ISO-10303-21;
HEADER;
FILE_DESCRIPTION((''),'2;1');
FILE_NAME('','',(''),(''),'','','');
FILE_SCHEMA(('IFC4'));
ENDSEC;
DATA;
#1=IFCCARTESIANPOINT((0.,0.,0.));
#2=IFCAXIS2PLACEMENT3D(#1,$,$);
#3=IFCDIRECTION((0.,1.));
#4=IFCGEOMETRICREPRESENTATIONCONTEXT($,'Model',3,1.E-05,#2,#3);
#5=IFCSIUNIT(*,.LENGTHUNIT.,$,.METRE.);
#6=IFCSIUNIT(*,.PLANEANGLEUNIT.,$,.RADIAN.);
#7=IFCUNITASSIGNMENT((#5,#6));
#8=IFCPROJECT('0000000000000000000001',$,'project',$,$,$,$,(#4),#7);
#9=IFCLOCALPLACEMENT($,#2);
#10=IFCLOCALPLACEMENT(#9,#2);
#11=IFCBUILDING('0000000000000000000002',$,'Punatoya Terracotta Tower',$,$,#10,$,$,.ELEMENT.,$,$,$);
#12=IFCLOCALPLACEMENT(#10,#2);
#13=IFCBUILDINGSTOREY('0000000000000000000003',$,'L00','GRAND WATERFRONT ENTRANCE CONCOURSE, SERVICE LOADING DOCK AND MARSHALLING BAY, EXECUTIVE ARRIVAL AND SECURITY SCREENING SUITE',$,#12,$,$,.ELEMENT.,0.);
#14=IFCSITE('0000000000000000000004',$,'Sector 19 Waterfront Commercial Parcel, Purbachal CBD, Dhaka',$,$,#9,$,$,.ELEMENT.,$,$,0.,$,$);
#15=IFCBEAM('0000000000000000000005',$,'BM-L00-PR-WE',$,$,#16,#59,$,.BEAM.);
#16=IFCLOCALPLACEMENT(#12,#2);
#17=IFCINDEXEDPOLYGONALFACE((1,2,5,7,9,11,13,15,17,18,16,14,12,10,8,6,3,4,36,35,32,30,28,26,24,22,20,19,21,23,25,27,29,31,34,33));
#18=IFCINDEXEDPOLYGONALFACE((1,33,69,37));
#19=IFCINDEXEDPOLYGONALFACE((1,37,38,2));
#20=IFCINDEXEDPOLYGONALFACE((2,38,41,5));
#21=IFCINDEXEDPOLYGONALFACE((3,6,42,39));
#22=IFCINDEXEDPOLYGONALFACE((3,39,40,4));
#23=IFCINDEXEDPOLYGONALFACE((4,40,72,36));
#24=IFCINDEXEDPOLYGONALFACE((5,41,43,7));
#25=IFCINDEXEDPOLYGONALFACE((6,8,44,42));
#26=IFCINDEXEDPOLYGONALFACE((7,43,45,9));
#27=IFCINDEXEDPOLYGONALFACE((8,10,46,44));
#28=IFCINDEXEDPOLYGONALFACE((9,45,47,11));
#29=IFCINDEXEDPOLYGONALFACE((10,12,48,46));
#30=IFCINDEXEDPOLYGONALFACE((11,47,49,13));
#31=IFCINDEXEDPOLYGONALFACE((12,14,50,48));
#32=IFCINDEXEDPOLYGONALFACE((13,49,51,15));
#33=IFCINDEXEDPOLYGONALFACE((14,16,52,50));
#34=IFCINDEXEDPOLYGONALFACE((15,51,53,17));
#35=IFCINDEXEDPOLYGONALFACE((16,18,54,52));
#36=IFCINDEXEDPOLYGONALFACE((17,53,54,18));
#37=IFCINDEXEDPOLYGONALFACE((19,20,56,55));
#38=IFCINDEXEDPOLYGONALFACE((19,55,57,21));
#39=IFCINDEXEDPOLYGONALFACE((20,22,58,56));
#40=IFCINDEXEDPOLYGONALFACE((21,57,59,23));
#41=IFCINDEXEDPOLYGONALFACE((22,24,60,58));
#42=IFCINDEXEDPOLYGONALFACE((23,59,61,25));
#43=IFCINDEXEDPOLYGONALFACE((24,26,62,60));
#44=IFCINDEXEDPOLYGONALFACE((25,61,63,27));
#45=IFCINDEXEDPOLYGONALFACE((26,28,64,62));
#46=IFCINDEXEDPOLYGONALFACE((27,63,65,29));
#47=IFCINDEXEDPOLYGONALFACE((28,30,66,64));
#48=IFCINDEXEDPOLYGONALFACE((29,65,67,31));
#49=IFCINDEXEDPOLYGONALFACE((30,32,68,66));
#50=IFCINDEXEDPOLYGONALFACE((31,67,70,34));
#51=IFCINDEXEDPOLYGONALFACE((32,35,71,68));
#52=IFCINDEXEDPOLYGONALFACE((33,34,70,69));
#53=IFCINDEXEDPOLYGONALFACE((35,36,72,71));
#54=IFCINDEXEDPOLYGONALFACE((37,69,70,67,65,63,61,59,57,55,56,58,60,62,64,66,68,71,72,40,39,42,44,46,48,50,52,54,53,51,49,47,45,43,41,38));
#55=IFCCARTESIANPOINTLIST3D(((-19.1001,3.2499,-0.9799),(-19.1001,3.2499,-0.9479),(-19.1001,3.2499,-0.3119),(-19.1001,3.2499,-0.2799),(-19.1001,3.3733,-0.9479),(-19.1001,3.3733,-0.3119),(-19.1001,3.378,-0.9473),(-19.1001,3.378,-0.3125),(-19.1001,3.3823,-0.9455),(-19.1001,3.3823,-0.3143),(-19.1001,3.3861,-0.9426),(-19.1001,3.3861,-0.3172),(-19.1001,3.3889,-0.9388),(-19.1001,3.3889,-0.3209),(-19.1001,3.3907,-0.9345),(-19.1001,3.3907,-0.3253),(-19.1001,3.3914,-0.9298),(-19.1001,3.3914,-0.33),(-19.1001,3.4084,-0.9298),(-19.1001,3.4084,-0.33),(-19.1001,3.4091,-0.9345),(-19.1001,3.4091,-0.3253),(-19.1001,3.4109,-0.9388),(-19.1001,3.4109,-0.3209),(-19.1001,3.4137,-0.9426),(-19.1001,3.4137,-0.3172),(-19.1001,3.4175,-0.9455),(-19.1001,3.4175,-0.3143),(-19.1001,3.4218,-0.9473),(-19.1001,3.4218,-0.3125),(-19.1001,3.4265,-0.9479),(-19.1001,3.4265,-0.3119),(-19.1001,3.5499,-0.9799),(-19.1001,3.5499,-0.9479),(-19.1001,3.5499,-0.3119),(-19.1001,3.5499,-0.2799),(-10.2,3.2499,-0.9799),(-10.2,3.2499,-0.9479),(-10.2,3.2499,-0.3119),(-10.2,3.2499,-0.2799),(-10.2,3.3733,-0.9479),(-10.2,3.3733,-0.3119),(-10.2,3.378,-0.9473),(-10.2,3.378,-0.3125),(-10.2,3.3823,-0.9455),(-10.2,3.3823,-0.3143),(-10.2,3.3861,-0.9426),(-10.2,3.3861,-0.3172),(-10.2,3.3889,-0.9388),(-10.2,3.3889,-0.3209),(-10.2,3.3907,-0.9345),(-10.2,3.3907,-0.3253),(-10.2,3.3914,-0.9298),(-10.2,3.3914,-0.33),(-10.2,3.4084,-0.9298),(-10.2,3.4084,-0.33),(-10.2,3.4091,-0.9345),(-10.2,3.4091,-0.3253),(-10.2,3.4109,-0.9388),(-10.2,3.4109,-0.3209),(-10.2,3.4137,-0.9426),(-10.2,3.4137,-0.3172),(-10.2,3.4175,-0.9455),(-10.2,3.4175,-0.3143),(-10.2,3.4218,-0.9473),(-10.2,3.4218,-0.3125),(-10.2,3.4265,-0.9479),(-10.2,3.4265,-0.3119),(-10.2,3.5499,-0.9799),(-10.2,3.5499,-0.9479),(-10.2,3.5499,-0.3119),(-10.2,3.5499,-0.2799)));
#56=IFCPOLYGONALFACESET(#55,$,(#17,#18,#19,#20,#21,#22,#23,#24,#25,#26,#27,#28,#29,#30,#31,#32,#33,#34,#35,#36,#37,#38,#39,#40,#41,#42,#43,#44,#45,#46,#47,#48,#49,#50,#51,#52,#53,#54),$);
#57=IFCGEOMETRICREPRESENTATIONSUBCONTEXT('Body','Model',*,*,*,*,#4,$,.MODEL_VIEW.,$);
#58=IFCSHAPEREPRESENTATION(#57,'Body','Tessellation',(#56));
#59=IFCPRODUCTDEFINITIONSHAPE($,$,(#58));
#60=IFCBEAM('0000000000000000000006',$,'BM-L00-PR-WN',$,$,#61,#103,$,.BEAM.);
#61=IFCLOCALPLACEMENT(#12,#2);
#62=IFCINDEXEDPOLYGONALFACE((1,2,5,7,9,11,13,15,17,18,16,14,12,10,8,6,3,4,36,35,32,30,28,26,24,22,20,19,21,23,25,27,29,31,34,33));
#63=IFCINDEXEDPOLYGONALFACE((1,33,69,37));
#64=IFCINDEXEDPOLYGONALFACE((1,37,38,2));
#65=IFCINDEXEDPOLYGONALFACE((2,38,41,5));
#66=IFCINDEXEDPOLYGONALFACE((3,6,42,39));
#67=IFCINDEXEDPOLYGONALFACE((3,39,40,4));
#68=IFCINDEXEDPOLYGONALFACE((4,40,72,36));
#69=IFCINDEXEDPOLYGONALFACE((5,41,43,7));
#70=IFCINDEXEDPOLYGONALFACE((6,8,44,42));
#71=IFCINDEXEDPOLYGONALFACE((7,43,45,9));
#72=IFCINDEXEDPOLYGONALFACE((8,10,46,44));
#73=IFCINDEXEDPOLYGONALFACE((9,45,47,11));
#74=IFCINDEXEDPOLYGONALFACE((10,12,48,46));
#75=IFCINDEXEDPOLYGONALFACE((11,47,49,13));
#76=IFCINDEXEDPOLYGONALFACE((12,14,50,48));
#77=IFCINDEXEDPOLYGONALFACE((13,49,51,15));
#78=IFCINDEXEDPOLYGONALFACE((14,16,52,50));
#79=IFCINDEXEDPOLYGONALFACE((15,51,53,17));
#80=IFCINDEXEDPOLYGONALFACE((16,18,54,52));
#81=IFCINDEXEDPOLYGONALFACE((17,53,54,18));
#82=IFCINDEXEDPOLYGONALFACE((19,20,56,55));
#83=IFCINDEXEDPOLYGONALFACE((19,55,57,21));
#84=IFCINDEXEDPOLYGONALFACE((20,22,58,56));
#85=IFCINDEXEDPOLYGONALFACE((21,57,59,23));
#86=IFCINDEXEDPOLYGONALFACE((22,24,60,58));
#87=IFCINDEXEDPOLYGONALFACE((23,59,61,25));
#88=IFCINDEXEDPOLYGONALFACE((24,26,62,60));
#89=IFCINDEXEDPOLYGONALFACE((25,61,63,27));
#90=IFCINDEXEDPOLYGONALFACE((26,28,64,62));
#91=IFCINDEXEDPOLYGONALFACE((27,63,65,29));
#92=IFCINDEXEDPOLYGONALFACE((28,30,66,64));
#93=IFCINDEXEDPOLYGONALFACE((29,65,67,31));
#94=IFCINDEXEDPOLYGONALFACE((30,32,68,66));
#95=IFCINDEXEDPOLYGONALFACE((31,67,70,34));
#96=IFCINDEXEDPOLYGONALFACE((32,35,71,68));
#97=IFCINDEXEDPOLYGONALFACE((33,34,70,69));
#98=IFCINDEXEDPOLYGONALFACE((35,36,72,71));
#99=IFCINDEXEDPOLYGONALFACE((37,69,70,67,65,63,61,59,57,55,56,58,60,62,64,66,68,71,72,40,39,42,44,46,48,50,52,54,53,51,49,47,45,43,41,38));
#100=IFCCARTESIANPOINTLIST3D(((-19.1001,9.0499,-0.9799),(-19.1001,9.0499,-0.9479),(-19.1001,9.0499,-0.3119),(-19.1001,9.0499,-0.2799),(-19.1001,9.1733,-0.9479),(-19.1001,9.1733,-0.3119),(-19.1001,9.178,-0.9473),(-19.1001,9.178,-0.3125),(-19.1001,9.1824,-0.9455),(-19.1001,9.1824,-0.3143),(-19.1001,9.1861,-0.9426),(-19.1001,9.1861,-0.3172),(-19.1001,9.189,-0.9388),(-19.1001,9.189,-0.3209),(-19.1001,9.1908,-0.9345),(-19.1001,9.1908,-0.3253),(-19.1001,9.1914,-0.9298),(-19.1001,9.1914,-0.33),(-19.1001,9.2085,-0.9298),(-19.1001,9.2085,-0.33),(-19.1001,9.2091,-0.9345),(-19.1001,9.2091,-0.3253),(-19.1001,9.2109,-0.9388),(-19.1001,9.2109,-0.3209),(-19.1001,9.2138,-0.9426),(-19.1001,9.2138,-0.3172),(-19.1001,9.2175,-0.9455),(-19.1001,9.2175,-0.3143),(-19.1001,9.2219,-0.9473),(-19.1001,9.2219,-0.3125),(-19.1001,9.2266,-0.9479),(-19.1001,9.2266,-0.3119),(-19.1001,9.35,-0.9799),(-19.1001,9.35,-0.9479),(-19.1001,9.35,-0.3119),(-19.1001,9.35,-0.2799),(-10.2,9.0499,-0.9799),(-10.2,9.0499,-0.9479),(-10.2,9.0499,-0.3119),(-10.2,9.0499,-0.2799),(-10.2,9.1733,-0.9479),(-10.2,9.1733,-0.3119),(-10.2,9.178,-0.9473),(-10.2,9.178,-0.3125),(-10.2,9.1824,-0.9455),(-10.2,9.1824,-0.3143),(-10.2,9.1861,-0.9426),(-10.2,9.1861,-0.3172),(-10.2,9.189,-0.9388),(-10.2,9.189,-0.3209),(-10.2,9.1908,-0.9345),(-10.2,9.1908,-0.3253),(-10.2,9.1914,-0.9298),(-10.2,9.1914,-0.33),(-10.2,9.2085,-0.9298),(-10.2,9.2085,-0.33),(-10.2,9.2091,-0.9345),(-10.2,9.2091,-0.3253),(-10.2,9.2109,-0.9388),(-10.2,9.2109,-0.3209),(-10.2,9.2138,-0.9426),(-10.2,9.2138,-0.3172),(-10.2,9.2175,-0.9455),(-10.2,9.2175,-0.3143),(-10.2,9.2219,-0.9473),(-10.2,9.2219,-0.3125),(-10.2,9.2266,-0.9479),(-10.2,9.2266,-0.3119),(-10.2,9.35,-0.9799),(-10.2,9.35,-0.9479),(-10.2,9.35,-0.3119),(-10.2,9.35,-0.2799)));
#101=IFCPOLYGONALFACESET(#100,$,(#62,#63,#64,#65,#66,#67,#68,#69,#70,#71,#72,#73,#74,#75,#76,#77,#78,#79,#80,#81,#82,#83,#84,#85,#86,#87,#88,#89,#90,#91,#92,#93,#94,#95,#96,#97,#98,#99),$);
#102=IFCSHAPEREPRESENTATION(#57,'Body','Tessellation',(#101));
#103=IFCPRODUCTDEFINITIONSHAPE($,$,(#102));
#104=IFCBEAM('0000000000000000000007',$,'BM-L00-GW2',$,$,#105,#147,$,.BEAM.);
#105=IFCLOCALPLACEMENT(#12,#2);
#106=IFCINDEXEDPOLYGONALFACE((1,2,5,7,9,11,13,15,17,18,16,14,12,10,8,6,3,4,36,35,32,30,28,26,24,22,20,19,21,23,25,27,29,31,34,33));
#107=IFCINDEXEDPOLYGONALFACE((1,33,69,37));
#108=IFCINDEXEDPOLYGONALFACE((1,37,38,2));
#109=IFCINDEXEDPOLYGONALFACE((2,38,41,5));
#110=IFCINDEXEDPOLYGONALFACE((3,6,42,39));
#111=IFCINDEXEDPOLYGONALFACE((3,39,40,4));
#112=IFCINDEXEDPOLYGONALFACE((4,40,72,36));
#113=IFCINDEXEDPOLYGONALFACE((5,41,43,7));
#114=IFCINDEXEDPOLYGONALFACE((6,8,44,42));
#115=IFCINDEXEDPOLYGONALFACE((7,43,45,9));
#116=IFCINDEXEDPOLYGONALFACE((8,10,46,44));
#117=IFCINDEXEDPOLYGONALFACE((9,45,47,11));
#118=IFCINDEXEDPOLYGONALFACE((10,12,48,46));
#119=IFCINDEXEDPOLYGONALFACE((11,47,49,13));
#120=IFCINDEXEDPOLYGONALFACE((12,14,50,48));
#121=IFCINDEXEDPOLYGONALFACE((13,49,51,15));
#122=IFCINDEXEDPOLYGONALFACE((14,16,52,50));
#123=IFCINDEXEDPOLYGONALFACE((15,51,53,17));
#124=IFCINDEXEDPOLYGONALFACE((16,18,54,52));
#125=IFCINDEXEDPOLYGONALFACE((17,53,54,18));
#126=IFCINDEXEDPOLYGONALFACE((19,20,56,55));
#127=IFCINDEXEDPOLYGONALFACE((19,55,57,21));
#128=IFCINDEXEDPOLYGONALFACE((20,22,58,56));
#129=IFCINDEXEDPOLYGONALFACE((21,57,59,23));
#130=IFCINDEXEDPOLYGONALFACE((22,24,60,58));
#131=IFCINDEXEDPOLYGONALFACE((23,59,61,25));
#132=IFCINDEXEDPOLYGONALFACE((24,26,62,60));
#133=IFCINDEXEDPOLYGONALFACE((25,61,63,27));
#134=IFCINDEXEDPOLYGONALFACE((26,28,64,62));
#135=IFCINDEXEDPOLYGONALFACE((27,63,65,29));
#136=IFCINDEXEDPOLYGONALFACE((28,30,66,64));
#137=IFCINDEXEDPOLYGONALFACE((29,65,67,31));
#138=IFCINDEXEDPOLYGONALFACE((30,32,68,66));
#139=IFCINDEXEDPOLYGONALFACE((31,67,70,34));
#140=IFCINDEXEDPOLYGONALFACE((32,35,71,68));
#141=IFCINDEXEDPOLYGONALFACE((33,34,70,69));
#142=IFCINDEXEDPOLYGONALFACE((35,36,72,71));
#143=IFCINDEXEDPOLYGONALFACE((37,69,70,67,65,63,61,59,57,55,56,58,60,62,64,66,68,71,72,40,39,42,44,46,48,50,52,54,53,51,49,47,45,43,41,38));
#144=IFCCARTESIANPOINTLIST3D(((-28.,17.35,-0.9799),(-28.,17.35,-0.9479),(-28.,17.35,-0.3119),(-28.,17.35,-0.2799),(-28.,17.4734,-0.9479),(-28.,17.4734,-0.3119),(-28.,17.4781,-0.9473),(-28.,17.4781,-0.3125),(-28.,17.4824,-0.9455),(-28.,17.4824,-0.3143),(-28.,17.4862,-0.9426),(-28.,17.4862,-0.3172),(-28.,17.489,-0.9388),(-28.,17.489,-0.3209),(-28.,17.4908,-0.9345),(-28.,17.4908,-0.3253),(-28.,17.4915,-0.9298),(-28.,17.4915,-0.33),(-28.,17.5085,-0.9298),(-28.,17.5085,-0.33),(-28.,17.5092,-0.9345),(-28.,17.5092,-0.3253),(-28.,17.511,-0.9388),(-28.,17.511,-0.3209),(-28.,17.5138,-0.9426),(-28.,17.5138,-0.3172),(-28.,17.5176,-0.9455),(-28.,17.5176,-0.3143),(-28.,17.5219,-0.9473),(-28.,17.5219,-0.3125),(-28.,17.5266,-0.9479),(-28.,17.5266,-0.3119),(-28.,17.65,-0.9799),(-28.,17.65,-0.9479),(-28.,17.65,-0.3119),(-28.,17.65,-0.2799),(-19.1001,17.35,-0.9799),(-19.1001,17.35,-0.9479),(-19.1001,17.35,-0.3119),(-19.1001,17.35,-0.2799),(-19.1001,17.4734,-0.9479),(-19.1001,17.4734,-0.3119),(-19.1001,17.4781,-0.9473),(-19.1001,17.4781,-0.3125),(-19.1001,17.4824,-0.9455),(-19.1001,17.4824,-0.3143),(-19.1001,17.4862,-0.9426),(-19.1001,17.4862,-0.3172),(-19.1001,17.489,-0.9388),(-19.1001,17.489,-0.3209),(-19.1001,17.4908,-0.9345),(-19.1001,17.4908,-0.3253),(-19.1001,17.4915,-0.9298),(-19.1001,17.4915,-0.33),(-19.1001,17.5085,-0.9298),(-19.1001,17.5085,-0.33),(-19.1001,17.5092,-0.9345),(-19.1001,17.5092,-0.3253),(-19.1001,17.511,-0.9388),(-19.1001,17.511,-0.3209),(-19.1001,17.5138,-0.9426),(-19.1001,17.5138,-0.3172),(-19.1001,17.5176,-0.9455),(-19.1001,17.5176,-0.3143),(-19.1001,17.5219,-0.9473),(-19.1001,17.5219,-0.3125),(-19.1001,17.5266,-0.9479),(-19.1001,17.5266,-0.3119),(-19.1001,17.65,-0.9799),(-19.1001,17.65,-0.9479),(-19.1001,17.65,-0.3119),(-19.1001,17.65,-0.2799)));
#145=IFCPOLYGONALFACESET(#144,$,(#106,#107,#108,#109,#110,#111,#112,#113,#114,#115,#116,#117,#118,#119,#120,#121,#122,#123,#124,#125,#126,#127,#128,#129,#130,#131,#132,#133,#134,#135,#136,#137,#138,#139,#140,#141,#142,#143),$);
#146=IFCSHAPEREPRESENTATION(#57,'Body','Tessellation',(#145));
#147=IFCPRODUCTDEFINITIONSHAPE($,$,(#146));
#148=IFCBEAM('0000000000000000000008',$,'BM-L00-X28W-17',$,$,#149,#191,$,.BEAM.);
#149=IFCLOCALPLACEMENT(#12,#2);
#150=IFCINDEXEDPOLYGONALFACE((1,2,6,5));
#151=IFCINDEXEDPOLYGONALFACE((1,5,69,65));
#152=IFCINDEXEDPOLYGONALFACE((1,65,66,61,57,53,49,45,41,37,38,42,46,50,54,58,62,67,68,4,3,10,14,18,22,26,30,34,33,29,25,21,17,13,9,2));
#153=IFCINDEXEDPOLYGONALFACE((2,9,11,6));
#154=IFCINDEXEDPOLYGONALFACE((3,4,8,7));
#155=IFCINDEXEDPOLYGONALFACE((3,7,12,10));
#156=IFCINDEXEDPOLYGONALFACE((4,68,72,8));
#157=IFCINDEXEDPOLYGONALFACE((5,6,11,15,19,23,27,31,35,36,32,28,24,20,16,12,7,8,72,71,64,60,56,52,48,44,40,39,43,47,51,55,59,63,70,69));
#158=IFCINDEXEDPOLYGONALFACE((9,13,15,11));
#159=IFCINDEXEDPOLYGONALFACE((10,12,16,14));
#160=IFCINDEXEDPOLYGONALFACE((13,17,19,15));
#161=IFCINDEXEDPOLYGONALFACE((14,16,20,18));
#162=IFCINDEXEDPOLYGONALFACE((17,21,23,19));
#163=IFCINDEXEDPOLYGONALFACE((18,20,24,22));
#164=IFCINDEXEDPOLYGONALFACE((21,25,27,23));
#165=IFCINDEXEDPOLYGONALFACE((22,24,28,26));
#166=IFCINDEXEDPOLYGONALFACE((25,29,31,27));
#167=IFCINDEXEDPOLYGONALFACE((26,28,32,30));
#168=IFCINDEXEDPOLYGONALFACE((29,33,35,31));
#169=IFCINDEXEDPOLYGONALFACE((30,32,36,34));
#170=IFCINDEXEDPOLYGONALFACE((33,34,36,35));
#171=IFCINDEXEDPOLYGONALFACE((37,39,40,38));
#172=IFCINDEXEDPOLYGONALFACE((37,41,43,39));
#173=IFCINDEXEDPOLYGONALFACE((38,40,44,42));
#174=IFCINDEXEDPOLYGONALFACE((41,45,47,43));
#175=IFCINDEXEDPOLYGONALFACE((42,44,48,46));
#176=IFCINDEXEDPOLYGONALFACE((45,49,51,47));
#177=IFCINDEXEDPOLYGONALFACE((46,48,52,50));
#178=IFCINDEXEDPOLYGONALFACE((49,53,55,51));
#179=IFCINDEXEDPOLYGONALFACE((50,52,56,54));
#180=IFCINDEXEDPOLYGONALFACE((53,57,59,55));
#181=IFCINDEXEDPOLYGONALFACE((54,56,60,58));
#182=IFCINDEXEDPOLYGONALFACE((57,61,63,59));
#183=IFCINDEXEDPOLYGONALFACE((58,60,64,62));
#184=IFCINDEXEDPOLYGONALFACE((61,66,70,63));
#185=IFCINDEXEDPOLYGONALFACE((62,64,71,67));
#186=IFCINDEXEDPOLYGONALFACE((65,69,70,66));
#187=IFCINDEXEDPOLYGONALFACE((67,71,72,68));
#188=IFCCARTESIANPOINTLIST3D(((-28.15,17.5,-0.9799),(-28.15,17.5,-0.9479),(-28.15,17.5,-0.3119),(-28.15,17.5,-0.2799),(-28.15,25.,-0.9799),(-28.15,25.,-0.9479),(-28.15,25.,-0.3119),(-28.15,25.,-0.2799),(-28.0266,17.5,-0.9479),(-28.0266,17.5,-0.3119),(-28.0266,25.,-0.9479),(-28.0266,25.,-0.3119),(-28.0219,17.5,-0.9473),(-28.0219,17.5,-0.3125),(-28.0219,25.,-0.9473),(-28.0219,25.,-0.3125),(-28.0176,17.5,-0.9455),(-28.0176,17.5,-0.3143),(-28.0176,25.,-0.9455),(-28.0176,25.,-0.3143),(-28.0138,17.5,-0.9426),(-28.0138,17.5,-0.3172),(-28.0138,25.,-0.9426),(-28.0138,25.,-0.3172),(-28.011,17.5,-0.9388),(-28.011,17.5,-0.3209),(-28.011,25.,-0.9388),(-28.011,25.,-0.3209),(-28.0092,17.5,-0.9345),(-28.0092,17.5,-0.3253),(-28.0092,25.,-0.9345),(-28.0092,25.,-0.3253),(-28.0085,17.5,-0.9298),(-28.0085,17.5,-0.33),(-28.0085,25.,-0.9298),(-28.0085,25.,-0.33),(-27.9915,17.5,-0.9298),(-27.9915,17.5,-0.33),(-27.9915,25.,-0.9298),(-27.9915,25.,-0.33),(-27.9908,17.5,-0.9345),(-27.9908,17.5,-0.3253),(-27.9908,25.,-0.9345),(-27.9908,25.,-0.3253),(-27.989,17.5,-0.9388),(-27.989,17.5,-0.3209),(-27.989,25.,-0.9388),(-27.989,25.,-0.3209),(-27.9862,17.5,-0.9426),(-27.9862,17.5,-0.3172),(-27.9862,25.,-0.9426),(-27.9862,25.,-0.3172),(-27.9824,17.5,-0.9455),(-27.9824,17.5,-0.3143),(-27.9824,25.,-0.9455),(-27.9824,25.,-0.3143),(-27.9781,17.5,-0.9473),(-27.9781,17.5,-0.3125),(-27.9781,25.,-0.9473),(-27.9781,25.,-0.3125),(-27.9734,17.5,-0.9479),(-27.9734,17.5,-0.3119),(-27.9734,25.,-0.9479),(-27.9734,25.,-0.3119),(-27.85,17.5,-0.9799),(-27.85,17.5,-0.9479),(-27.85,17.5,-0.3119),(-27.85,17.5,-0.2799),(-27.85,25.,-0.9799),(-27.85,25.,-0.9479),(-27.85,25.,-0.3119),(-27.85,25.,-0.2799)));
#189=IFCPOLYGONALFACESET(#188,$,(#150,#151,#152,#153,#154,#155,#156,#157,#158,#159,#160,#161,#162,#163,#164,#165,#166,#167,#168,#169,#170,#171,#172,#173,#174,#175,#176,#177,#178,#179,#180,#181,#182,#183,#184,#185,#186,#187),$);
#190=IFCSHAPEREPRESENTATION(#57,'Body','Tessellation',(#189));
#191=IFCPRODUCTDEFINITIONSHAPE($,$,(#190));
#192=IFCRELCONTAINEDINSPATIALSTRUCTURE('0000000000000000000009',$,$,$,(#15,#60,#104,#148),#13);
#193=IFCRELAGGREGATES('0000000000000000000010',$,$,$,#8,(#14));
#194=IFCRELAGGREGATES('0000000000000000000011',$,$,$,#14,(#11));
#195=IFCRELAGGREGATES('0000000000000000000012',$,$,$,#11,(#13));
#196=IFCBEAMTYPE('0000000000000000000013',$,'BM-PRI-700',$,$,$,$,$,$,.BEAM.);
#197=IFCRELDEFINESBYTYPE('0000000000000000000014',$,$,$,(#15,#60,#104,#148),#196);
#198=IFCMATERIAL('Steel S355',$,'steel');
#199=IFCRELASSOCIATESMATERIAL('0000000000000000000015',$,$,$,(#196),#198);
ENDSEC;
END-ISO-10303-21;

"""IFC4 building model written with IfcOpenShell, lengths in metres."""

from ifc_helpers import new_model, si_unit, direction, frame, origin, origin_2d, place, context, subcontext, project, spatial, i_section, extrude, material, material_profile, profile_set, type_object, element, save


model = new_model("IFC4")

# Units and contexts
model_context = context("Model", 3, precision=1e-05, world=origin(), true_north=direction((0.0, 1.0)))
body_context = subcontext(model_context, "Body", "Model", "MODEL_VIEW")
ifc_project = project(units=[si_unit("LENGTHUNIT", "METRE"), si_unit("PLANEANGLEUNIT", "RADIAN")], contexts=[model_context])

# Site, building, storey
site_placement = place(None, origin())
site = spatial("IfcSite", under=ifc_project, at=site_placement, Name="Sector 19 Waterfront Commercial Parcel, Purbachal CBD, Dhaka", CompositionType="ELEMENT", RefElevation=0.0)
building_placement = place(site_placement, origin())
building = spatial("IfcBuilding", under=site, at=building_placement, Name="Punatoya Terracotta Tower", CompositionType="ELEMENT")
storey_placement = place(building_placement, origin())
storey = spatial("IfcBuildingStorey", under=building, at=storey_placement, Name="L00", Description="GRAND WATERFRONT ENTRANCE CONCOURSE, SERVICE LOADING DOCK AND MARSHALLING BAY, EXECUTIVE ARRIVAL AND SECURITY SCREENING SUITE", CompositionType="ELEMENT", Elevation=0.0)

# Beams
ifc_material_1 = material(Name="Steel S355", Category="steel")
ifc_material_profile_1 = material_profile(ifc_material_1, i_section(OverallWidth=0.3, OverallDepth=0.7, WebThickness=0.0171, FlangeThickness=0.032, FilletRadius=0.0181, at=origin_2d()))
ifc_profile_set_1 = profile_set([ifc_material_profile_1], Name="Steel S355")
beam_type_1 = type_object("IfcBeamType", Name="BM-PRI-700", PredefinedType="BEAM", material=ifc_profile_set_1)
for number, where, z_axis, x_axis, name in (
    (1, (-19.1001, 3.3999, -0.6299), (1.0, 0.0, 0.0), (0.0, 1.0, 0.0), "BM-L00-PR-WE"),
    (2, (-19.1001, 9.2, -0.6299), (1.0, 0.0, 0.0), (0.0, 1.0, 0.0), "BM-L00-PR-WN"),
):
    element("IfcBeam", number, at=place(storey_placement, frame(where, z_axis=z_axis, x_axis=x_axis)), inside=storey, type_object=beam_type_1, Name=name, PredefinedType="BEAM", context=body_context, shape_type="SweptSolid", body=[
        extrude(i_section(OverallWidth=0.3, OverallDepth=0.7, WebThickness=0.0171, FlangeThickness=0.032, FilletRadius=0.0181, at=origin_2d()), origin(), (0.0, 0.0, 1.0), 8.9001),
    ])
beam_1_placement = place(storey_placement, frame((-28.0, 17.5, -0.6299), z_axis=(1.0, 0.0, 0.0), x_axis=(0.0, 1.0, 0.0)))
element("IfcBeam", 3, at=beam_1_placement, inside=storey, type_object=beam_type_1, Name="BM-L00-GW2", PredefinedType="BEAM", context=body_context, shape_type="SweptSolid", body=[
    extrude(i_section(OverallWidth=0.3, OverallDepth=0.7, WebThickness=0.0171, FlangeThickness=0.032, FilletRadius=0.0181, at=origin_2d()), origin(), (0.0, 0.0, 1.0), 8.8999),
])
for number, where, z_axis, x_axis, name in (
    (4, (-28.0, 17.5, -0.6299), (0.0, 1.0, 0.0), (-1.0, 0.0, 0.0), "BM-L00-X28W-17"),
):
    element("IfcBeam", number, at=place(storey_placement, frame(where, z_axis=z_axis, x_axis=x_axis)), inside=storey, type_object=beam_type_1, Name=name, PredefinedType="BEAM", context=body_context, shape_type="SweptSolid", body=[
        extrude(i_section(OverallWidth=0.3, OverallDepth=0.7, WebThickness=0.0171, FlangeThickness=0.032, FilletRadius=0.0181, at=origin_2d()), origin(), (0.0, 0.0, 1.0), 7.5),
    ])

save(model, "model.ifc")
